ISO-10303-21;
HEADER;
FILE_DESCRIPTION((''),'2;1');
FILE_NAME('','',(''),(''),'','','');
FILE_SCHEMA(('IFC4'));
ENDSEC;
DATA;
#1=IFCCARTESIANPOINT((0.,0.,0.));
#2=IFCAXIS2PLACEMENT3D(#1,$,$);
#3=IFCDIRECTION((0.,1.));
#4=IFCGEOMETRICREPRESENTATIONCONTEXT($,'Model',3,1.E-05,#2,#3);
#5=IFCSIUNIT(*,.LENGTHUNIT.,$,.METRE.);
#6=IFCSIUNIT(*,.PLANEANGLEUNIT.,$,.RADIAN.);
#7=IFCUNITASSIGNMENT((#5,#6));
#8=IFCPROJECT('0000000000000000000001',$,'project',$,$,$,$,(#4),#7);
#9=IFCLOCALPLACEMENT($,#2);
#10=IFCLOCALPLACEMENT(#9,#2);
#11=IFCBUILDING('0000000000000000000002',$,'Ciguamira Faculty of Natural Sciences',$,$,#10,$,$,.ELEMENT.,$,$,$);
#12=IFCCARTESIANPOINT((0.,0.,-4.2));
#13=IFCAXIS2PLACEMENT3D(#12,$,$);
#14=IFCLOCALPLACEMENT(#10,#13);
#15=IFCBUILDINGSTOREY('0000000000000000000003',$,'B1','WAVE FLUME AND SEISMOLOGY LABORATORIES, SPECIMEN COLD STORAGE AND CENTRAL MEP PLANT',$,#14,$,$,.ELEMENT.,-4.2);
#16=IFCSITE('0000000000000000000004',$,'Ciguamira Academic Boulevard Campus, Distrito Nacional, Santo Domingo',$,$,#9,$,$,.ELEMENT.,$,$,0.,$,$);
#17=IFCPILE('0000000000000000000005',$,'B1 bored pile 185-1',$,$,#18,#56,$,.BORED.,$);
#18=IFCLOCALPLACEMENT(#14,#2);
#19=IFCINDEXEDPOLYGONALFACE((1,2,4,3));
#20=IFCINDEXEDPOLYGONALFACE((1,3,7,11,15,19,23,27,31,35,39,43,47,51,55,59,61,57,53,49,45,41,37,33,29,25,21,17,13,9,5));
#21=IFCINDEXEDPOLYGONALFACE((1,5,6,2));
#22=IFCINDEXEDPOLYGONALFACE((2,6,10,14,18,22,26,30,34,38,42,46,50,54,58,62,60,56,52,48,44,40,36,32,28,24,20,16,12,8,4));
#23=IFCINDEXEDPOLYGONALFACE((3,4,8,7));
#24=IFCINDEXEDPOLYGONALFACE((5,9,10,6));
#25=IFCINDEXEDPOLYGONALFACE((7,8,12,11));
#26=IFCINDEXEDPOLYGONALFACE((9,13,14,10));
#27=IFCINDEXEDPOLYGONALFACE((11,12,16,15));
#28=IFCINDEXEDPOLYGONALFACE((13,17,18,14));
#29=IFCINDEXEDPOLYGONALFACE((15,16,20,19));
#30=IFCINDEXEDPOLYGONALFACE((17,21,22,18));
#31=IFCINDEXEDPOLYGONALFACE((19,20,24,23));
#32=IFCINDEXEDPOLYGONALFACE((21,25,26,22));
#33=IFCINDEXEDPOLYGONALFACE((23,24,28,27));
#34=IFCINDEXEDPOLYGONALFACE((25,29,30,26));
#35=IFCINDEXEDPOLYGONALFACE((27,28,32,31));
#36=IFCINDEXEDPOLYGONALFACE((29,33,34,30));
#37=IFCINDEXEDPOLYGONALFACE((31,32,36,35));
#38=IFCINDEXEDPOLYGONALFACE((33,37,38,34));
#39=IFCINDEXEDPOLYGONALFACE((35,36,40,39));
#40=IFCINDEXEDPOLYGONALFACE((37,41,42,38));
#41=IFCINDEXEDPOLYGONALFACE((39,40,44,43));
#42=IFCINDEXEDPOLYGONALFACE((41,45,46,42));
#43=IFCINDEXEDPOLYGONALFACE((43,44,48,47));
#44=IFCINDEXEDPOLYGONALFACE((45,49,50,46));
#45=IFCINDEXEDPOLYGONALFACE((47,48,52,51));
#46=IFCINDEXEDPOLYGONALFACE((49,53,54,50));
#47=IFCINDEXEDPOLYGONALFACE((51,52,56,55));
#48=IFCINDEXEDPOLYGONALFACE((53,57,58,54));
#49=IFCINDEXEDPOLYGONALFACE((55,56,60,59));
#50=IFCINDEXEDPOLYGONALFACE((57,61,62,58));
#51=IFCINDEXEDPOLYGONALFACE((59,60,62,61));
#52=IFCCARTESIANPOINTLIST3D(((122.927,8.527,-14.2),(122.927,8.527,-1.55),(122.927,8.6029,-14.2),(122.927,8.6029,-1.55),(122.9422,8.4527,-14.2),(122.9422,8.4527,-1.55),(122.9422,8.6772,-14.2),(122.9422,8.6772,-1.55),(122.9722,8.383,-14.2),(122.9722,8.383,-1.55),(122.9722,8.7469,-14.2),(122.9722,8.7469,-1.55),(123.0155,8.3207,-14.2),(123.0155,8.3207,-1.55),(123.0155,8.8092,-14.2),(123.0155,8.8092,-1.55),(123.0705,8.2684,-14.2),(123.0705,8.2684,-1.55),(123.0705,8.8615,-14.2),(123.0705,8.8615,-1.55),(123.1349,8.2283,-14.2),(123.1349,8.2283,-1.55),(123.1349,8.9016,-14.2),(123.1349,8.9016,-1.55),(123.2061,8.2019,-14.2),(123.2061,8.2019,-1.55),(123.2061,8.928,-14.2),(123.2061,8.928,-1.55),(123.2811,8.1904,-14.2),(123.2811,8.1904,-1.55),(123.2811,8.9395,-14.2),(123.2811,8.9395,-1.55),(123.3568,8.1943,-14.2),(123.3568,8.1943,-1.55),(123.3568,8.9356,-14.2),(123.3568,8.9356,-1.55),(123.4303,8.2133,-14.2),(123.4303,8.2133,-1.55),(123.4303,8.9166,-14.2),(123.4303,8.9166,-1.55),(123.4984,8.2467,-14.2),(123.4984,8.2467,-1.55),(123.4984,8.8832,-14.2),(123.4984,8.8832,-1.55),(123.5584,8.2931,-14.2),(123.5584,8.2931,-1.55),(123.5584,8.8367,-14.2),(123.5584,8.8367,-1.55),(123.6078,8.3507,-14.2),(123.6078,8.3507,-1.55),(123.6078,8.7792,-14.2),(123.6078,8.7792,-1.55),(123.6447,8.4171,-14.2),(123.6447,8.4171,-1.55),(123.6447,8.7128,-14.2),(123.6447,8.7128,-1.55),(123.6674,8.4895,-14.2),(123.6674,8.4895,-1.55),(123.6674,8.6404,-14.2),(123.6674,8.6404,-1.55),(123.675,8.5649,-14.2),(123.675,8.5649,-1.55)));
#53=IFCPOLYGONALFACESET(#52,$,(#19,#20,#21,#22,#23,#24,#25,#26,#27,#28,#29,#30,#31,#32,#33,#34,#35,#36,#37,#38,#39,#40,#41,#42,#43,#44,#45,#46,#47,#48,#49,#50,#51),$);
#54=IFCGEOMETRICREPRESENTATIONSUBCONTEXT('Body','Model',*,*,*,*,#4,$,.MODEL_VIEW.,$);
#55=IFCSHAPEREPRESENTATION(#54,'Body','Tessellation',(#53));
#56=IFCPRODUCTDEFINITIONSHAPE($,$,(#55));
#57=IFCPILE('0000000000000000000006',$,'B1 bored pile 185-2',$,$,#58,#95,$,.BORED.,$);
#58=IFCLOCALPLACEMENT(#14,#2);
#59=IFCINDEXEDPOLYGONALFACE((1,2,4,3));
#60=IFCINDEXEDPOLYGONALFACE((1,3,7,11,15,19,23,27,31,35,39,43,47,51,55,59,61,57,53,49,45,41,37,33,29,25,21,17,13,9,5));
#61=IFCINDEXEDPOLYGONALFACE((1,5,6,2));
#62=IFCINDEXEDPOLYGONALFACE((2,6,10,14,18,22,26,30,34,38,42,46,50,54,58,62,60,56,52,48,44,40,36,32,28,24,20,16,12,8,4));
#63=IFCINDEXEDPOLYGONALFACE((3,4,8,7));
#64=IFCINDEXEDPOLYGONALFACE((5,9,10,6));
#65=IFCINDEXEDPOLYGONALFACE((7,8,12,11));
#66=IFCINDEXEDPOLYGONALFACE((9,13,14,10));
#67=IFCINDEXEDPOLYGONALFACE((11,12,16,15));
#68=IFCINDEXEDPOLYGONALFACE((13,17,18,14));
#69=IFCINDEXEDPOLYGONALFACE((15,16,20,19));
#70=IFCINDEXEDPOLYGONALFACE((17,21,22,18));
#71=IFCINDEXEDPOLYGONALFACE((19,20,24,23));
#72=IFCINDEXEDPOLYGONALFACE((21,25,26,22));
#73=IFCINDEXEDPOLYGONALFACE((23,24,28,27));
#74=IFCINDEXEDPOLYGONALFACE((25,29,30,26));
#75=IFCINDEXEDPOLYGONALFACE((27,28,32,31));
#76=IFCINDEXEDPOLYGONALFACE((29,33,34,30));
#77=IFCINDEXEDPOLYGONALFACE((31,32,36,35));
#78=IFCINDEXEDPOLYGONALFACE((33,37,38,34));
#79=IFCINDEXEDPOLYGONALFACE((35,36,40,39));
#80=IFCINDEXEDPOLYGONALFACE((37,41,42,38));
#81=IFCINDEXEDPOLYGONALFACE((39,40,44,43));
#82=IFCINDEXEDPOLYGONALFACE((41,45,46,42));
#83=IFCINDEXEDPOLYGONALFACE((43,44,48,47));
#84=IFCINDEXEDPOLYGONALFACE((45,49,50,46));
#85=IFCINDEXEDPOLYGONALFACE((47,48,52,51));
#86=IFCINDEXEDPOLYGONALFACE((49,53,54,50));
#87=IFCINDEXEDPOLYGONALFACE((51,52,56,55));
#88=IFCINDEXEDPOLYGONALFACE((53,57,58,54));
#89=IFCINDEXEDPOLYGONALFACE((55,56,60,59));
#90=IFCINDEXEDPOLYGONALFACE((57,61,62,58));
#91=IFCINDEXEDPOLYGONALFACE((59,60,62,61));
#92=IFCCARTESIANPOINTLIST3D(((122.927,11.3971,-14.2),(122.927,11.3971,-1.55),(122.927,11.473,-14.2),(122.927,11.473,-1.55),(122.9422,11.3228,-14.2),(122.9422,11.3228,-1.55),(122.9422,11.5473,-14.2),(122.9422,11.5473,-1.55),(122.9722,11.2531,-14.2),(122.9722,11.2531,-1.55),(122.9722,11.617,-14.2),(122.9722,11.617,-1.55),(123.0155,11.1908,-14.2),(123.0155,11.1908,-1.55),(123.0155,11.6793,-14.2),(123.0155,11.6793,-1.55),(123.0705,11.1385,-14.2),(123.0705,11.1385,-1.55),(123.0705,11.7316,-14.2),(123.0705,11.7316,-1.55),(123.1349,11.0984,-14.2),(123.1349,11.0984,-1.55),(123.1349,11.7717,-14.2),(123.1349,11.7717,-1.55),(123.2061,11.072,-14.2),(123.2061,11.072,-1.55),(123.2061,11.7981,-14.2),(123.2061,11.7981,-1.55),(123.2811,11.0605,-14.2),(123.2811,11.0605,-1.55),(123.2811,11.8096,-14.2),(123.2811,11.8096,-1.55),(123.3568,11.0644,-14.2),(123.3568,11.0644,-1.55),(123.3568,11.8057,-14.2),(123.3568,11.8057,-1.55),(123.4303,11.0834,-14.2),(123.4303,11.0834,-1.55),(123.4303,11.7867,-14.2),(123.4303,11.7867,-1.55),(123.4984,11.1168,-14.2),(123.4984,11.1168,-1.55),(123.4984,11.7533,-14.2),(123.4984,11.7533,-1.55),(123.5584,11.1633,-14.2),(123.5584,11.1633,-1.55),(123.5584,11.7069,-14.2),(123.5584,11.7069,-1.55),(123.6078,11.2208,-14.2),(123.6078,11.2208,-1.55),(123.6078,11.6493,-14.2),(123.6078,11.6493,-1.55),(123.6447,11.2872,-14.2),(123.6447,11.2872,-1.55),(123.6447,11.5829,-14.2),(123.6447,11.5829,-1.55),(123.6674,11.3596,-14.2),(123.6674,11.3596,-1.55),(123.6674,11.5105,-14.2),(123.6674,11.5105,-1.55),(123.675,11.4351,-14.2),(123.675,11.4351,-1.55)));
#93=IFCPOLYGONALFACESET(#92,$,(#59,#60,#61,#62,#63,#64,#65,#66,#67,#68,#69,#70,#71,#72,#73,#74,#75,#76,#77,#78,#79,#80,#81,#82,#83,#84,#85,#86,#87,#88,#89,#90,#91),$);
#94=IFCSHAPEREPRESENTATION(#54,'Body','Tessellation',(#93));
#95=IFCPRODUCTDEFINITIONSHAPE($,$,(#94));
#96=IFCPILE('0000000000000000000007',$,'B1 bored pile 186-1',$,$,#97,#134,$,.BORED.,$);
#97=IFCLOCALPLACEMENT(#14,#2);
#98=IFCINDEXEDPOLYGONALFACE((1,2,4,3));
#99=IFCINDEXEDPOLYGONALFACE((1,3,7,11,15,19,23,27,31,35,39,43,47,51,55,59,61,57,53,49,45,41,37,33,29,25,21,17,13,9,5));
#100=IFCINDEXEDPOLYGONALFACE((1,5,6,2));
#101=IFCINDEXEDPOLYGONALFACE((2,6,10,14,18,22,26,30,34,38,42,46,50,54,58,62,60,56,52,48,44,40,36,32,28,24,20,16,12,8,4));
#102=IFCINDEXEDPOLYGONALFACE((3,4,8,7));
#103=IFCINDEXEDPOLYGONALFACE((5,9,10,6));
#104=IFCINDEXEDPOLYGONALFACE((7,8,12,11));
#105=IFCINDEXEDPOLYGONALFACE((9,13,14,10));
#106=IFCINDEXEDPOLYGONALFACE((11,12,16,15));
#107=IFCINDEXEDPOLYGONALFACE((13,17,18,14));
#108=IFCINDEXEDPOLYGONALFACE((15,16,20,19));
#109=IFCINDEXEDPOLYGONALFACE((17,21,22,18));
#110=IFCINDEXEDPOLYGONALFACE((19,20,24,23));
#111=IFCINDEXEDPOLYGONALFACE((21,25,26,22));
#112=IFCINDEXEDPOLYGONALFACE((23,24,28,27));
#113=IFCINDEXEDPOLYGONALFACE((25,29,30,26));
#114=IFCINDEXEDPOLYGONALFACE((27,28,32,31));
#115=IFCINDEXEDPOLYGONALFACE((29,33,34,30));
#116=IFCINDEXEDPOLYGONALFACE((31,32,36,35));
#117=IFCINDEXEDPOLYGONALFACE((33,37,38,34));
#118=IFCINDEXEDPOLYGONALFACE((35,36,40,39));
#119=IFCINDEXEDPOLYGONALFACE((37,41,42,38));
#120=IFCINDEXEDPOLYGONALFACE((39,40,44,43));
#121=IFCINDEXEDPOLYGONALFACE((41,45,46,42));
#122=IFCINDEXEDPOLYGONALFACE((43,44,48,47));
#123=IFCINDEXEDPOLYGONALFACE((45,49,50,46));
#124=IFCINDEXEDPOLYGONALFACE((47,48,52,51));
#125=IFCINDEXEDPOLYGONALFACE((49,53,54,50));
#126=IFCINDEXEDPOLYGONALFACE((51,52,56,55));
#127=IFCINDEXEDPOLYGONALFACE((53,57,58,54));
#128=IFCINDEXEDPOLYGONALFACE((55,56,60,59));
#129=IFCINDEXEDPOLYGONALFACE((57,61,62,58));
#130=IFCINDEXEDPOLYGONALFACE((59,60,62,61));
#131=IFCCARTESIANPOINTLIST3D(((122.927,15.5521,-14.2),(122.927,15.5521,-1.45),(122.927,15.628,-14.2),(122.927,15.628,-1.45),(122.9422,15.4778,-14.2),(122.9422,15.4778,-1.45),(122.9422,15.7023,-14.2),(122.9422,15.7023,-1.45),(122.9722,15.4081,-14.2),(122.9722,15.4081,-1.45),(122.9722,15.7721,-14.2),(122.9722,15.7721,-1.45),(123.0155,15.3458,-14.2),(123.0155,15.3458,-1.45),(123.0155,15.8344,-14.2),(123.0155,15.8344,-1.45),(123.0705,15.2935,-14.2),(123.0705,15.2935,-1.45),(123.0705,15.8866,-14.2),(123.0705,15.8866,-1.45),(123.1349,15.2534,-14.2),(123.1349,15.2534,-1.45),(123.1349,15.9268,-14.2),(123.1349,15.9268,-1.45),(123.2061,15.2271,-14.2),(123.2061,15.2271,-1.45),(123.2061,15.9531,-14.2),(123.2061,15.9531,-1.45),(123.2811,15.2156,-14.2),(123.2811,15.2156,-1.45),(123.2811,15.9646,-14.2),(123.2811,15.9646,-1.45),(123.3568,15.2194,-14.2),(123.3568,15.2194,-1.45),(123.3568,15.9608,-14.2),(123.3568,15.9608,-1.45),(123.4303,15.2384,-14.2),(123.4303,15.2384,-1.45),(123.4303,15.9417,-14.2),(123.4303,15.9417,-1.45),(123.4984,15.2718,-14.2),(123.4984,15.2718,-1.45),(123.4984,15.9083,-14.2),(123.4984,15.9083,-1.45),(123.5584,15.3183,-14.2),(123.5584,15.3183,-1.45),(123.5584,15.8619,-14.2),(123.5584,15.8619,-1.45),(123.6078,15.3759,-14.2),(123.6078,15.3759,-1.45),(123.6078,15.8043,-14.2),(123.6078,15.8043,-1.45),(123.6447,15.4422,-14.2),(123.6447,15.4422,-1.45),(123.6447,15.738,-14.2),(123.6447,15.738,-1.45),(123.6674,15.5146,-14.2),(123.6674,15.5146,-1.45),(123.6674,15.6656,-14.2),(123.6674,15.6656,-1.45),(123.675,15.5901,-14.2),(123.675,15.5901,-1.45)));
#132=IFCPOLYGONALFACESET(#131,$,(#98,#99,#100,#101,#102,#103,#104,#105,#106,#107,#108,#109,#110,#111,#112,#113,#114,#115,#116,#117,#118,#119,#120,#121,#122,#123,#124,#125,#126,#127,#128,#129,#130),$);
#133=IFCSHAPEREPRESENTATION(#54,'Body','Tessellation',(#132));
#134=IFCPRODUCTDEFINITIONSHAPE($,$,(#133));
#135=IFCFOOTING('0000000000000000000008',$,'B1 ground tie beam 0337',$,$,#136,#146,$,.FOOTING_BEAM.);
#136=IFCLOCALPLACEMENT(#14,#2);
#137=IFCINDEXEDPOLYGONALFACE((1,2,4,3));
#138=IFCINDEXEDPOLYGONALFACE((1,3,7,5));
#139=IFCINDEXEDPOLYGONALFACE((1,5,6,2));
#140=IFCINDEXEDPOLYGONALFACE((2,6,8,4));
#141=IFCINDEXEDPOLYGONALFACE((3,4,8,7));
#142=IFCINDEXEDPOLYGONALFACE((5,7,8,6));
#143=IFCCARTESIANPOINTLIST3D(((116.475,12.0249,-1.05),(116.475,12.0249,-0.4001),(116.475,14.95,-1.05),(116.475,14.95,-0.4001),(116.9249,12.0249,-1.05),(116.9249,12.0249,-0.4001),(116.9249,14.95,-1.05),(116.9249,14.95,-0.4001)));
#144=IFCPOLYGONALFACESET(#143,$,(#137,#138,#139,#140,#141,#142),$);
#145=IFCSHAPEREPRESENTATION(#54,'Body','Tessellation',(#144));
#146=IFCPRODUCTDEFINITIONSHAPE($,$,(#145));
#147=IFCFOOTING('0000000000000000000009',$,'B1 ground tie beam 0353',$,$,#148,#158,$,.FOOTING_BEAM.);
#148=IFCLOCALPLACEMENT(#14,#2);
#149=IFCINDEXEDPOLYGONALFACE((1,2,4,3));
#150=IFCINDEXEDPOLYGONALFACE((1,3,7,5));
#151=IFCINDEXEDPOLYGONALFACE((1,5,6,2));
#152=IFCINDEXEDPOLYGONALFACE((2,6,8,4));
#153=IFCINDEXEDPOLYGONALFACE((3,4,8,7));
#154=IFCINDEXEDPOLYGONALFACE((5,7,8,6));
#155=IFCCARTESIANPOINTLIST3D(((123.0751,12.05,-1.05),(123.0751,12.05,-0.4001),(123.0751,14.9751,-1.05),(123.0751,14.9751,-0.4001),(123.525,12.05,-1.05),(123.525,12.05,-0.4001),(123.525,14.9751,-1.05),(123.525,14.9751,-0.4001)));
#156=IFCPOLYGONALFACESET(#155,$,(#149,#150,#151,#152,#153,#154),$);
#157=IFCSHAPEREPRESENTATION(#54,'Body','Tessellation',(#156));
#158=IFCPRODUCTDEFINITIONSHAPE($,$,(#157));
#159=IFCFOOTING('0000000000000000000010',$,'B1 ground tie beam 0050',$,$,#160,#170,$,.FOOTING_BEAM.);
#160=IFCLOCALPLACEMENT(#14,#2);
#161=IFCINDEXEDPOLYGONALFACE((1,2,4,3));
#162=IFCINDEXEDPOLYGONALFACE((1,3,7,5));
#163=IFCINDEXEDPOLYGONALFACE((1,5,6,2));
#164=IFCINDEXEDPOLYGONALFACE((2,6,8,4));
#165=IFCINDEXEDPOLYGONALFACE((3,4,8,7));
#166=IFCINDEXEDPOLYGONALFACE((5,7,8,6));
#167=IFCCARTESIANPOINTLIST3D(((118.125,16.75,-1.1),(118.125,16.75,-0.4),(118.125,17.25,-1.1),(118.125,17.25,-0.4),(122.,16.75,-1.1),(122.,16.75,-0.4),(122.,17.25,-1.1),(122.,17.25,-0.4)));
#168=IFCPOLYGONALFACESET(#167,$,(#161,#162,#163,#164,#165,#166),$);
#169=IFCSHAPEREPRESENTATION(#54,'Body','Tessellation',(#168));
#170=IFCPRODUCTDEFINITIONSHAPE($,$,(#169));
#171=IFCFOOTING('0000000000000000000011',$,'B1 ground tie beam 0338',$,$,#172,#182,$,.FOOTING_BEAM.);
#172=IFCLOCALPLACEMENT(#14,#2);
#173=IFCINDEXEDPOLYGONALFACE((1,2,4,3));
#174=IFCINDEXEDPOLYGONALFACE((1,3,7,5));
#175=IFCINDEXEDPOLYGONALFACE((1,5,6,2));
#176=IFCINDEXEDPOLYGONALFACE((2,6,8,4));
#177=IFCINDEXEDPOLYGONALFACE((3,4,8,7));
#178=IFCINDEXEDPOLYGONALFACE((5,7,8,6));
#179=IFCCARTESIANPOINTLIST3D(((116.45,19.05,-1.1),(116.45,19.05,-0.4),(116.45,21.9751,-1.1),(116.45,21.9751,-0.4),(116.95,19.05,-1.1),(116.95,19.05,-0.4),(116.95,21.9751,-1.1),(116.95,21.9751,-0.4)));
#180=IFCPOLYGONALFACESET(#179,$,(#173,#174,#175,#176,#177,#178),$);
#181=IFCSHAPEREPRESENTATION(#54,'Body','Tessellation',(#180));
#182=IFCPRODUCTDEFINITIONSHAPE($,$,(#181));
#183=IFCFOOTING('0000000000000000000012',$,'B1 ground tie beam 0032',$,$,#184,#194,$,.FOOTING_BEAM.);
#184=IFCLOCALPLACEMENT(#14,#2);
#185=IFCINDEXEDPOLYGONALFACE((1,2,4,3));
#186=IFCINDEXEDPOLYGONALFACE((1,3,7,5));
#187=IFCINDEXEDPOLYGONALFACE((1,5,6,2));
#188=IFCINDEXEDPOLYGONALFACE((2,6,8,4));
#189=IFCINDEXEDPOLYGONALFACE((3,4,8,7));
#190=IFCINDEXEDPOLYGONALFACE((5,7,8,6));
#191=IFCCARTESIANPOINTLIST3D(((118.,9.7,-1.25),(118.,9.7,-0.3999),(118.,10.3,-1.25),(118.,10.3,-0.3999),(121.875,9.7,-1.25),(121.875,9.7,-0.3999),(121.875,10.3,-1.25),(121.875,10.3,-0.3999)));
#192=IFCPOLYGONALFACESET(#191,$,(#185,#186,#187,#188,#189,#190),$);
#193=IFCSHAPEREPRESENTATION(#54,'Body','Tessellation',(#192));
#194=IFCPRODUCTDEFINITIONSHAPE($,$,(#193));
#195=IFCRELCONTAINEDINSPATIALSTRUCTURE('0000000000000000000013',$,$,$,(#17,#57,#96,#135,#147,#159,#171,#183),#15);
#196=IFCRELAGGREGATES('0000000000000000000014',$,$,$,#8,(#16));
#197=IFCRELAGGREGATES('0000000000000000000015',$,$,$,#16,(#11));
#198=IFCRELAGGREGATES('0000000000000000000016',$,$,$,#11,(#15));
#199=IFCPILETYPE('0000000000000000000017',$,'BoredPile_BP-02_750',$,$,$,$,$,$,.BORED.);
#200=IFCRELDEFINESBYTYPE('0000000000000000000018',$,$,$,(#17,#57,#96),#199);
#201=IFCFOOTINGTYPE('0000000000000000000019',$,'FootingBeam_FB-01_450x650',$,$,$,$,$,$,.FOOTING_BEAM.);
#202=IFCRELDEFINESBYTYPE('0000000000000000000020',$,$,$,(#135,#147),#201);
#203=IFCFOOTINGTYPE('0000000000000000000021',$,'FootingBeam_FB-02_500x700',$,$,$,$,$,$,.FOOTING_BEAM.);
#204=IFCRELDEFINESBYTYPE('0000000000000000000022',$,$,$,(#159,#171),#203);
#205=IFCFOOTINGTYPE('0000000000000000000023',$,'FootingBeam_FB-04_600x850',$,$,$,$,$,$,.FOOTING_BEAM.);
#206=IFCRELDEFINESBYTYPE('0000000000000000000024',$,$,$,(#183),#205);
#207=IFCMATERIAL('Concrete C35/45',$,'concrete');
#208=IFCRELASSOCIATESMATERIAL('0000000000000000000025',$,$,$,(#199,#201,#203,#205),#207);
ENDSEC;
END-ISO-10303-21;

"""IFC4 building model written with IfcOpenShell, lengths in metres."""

from ifc_helpers import new_model, si_unit, direction, frame, origin, origin_2d, place, context, subcontext, project, spatial, rectangle, circle, extrude, material, material_profile, profile_set, type_object, element, save


model = new_model("IFC4")

# Units and contexts
model_context = context("Model", 3, precision=1e-05, world=origin(), true_north=direction((0.0, 1.0)))
body_context = subcontext(model_context, "Body", "Model", "MODEL_VIEW")
ifc_project = project(units=[si_unit("LENGTHUNIT", "METRE"), si_unit("PLANEANGLEUNIT", "RADIAN")], contexts=[model_context])

# Site, building, storey
site_placement = place(None, origin())
site = spatial("IfcSite", under=ifc_project, at=site_placement, Name="Ciguamira Academic Boulevard Campus, Distrito Nacional, Santo Domingo", CompositionType="ELEMENT", RefElevation=0.0)
building_placement = place(site_placement, origin())
building = spatial("IfcBuilding", under=site, at=building_placement, Name="Ciguamira Faculty of Natural Sciences", CompositionType="ELEMENT")
storey_placement = place(building_placement, frame((0.0, 0.0, -4.2)))
storey = spatial("IfcBuildingStorey", under=building, at=storey_placement, Name="B1", Description="WAVE FLUME AND SEISMOLOGY LABORATORIES, SPECIMEN COLD STORAGE AND CENTRAL MEP PLANT", CompositionType="ELEMENT", Elevation=-4.2)

# Piles
ifc_material_1 = material(Name="Concrete C35/45", Category="concrete")
ifc_material_profile_1 = material_profile(ifc_material_1, circle(Radius=0.375, at=origin_2d()), Name="PILE-BORED-750")
ifc_profile_set_1 = profile_set([ifc_material_profile_1], Name="Concrete C35/45")
pile_type_1 = type_object("IfcPileType", Name="BoredPile_BP-02_750", PredefinedType="BORED", material=ifc_profile_set_1)
for number, where, z_axis, x_axis, name in (
    (1, (123.3, 8.5649, -1.55), (0.0, 0.0, -1.0), (1.0, 0.0, 0.0), "B1 bored pile 185-1"),
    (2, (123.3, 11.4351, -1.55), (0.0, 0.0, -1.0), (1.0, 0.0, 0.0), "B1 bored pile 185-2"),
):
    element("IfcPile", number, at=place(storey_placement, frame(where, z_axis=z_axis, x_axis=x_axis)), inside=storey, type_object=pile_type_1, Name=name, PredefinedType="BORED", context=body_context, shape_type="SweptSolid", body=[
        extrude(circle(Radius=0.375, at=origin_2d()), origin(), (0.0, 0.0, 1.0), 12.6499),
    ])
pile_1_placement = place(storey_placement, frame((123.3, 15.5901, -1.45), z_axis=(0.0, 0.0, -1.0), x_axis=(1.0, 0.0, 0.0)))
element("IfcPile", 3, at=pile_1_placement, inside=storey, type_object=pile_type_1, Name="B1 bored pile 186-1", PredefinedType="BORED", context=body_context, shape_type="SweptSolid", body=[
    extrude(circle(Radius=0.375, at=origin_2d()), origin(), (0.0, 0.0, 1.0), 12.75),
])

# Footings
ifc_material_profile_2 = material_profile(ifc_material_1, rectangle(XDim=0.45, YDim=0.6499, at=origin_2d()), Name="RC-FB-450X650")
ifc_profile_set_2 = profile_set([ifc_material_profile_2], Name="Concrete C35/45")
footing_type_1 = type_object("IfcFootingType", Name="FootingBeam_FB-01_450x650", PredefinedType="FOOTING_BEAM", material=ifc_profile_set_2)
for number, where, z_axis, x_axis, name in (
    (4, (116.7, 12.0249, -0.7251), (0.0, 1.0, 0.0), (-1.0, 0.0, 0.0), "B1 ground tie beam 0337"),
    (5, (123.3, 12.05, -0.7251), (0.0, 1.0, 0.0), (-1.0, 0.0, 0.0), "B1 ground tie beam 0353"),
):
    element("IfcFooting", number, at=place(storey_placement, frame(where, z_axis=z_axis, x_axis=x_axis)), inside=storey, type_object=footing_type_1, Name=name, PredefinedType="FOOTING_BEAM", context=body_context, shape_type="SweptSolid", body=[
        extrude(rectangle(XDim=0.45, YDim=0.6499, at=origin_2d()), origin(), (0.0, 0.0, 1.0), 2.925),
    ])
ifc_material_profile_3 = material_profile(ifc_material_1, rectangle(XDim=0.5, YDim=0.7, at=origin_2d()), Name="RC-FB-500X700")
ifc_profile_set_3 = profile_set([ifc_material_profile_3], Name="Concrete C35/45")
footing_type_2 = type_object("IfcFootingType", Name="FootingBeam_FB-02_500x700", PredefinedType="FOOTING_BEAM", material=ifc_profile_set_3)
footing_1_placement = place(storey_placement, frame((118.125, 17.0, -0.75), z_axis=(1.0, 0.0, 0.0), x_axis=(0.0, 1.0, 0.0)))
element("IfcFooting", 6, at=footing_1_placement, inside=storey, type_object=footing_type_2, Name="B1 ground tie beam 0050", PredefinedType="FOOTING_BEAM", context=body_context, shape_type="SweptSolid", body=[
    extrude(rectangle(XDim=0.5, YDim=0.7, at=origin_2d()), origin(), (0.0, 0.0, 1.0), 3.875),
])
footing_2_placement = place(storey_placement, frame((116.7, 19.05, -0.75), z_axis=(0.0, 1.0, 0.0), x_axis=(-1.0, 0.0, 0.0)))
element("IfcFooting", 7, at=footing_2_placement, inside=storey, type_object=footing_type_2, Name="B1 ground tie beam 0338", PredefinedType="FOOTING_BEAM", context=body_context, shape_type="SweptSolid", body=[
    extrude(rectangle(XDim=0.5, YDim=0.7, at=origin_2d()), origin(), (0.0, 0.0, 1.0), 2.925),
])
ifc_material_profile_4 = material_profile(ifc_material_1, rectangle(XDim=0.6001, YDim=0.8501, at=origin_2d()), Name="RC-FB-600X850")
ifc_profile_set_4 = profile_set([ifc_material_profile_4], Name="Concrete C35/45")
footing_type_3 = type_object("IfcFootingType", Name="FootingBeam_FB-04_600x850", PredefinedType="FOOTING_BEAM", material=ifc_profile_set_4)
footing_3_placement = place(storey_placement, frame((118.0, 10.0, -0.825), z_axis=(1.0, 0.0, 0.0), x_axis=(0.0, 1.0, 0.0)))
element("IfcFooting", 8, at=footing_3_placement, inside=storey, type_object=footing_type_3, Name="B1 ground tie beam 0032", PredefinedType="FOOTING_BEAM", context=body_context, shape_type="SweptSolid", body=[
    extrude(rectangle(XDim=0.6001, YDim=0.8501, at=origin_2d()), origin(), (0.0, 0.0, 1.0), 3.875),
])

save(model, "model.ifc")
